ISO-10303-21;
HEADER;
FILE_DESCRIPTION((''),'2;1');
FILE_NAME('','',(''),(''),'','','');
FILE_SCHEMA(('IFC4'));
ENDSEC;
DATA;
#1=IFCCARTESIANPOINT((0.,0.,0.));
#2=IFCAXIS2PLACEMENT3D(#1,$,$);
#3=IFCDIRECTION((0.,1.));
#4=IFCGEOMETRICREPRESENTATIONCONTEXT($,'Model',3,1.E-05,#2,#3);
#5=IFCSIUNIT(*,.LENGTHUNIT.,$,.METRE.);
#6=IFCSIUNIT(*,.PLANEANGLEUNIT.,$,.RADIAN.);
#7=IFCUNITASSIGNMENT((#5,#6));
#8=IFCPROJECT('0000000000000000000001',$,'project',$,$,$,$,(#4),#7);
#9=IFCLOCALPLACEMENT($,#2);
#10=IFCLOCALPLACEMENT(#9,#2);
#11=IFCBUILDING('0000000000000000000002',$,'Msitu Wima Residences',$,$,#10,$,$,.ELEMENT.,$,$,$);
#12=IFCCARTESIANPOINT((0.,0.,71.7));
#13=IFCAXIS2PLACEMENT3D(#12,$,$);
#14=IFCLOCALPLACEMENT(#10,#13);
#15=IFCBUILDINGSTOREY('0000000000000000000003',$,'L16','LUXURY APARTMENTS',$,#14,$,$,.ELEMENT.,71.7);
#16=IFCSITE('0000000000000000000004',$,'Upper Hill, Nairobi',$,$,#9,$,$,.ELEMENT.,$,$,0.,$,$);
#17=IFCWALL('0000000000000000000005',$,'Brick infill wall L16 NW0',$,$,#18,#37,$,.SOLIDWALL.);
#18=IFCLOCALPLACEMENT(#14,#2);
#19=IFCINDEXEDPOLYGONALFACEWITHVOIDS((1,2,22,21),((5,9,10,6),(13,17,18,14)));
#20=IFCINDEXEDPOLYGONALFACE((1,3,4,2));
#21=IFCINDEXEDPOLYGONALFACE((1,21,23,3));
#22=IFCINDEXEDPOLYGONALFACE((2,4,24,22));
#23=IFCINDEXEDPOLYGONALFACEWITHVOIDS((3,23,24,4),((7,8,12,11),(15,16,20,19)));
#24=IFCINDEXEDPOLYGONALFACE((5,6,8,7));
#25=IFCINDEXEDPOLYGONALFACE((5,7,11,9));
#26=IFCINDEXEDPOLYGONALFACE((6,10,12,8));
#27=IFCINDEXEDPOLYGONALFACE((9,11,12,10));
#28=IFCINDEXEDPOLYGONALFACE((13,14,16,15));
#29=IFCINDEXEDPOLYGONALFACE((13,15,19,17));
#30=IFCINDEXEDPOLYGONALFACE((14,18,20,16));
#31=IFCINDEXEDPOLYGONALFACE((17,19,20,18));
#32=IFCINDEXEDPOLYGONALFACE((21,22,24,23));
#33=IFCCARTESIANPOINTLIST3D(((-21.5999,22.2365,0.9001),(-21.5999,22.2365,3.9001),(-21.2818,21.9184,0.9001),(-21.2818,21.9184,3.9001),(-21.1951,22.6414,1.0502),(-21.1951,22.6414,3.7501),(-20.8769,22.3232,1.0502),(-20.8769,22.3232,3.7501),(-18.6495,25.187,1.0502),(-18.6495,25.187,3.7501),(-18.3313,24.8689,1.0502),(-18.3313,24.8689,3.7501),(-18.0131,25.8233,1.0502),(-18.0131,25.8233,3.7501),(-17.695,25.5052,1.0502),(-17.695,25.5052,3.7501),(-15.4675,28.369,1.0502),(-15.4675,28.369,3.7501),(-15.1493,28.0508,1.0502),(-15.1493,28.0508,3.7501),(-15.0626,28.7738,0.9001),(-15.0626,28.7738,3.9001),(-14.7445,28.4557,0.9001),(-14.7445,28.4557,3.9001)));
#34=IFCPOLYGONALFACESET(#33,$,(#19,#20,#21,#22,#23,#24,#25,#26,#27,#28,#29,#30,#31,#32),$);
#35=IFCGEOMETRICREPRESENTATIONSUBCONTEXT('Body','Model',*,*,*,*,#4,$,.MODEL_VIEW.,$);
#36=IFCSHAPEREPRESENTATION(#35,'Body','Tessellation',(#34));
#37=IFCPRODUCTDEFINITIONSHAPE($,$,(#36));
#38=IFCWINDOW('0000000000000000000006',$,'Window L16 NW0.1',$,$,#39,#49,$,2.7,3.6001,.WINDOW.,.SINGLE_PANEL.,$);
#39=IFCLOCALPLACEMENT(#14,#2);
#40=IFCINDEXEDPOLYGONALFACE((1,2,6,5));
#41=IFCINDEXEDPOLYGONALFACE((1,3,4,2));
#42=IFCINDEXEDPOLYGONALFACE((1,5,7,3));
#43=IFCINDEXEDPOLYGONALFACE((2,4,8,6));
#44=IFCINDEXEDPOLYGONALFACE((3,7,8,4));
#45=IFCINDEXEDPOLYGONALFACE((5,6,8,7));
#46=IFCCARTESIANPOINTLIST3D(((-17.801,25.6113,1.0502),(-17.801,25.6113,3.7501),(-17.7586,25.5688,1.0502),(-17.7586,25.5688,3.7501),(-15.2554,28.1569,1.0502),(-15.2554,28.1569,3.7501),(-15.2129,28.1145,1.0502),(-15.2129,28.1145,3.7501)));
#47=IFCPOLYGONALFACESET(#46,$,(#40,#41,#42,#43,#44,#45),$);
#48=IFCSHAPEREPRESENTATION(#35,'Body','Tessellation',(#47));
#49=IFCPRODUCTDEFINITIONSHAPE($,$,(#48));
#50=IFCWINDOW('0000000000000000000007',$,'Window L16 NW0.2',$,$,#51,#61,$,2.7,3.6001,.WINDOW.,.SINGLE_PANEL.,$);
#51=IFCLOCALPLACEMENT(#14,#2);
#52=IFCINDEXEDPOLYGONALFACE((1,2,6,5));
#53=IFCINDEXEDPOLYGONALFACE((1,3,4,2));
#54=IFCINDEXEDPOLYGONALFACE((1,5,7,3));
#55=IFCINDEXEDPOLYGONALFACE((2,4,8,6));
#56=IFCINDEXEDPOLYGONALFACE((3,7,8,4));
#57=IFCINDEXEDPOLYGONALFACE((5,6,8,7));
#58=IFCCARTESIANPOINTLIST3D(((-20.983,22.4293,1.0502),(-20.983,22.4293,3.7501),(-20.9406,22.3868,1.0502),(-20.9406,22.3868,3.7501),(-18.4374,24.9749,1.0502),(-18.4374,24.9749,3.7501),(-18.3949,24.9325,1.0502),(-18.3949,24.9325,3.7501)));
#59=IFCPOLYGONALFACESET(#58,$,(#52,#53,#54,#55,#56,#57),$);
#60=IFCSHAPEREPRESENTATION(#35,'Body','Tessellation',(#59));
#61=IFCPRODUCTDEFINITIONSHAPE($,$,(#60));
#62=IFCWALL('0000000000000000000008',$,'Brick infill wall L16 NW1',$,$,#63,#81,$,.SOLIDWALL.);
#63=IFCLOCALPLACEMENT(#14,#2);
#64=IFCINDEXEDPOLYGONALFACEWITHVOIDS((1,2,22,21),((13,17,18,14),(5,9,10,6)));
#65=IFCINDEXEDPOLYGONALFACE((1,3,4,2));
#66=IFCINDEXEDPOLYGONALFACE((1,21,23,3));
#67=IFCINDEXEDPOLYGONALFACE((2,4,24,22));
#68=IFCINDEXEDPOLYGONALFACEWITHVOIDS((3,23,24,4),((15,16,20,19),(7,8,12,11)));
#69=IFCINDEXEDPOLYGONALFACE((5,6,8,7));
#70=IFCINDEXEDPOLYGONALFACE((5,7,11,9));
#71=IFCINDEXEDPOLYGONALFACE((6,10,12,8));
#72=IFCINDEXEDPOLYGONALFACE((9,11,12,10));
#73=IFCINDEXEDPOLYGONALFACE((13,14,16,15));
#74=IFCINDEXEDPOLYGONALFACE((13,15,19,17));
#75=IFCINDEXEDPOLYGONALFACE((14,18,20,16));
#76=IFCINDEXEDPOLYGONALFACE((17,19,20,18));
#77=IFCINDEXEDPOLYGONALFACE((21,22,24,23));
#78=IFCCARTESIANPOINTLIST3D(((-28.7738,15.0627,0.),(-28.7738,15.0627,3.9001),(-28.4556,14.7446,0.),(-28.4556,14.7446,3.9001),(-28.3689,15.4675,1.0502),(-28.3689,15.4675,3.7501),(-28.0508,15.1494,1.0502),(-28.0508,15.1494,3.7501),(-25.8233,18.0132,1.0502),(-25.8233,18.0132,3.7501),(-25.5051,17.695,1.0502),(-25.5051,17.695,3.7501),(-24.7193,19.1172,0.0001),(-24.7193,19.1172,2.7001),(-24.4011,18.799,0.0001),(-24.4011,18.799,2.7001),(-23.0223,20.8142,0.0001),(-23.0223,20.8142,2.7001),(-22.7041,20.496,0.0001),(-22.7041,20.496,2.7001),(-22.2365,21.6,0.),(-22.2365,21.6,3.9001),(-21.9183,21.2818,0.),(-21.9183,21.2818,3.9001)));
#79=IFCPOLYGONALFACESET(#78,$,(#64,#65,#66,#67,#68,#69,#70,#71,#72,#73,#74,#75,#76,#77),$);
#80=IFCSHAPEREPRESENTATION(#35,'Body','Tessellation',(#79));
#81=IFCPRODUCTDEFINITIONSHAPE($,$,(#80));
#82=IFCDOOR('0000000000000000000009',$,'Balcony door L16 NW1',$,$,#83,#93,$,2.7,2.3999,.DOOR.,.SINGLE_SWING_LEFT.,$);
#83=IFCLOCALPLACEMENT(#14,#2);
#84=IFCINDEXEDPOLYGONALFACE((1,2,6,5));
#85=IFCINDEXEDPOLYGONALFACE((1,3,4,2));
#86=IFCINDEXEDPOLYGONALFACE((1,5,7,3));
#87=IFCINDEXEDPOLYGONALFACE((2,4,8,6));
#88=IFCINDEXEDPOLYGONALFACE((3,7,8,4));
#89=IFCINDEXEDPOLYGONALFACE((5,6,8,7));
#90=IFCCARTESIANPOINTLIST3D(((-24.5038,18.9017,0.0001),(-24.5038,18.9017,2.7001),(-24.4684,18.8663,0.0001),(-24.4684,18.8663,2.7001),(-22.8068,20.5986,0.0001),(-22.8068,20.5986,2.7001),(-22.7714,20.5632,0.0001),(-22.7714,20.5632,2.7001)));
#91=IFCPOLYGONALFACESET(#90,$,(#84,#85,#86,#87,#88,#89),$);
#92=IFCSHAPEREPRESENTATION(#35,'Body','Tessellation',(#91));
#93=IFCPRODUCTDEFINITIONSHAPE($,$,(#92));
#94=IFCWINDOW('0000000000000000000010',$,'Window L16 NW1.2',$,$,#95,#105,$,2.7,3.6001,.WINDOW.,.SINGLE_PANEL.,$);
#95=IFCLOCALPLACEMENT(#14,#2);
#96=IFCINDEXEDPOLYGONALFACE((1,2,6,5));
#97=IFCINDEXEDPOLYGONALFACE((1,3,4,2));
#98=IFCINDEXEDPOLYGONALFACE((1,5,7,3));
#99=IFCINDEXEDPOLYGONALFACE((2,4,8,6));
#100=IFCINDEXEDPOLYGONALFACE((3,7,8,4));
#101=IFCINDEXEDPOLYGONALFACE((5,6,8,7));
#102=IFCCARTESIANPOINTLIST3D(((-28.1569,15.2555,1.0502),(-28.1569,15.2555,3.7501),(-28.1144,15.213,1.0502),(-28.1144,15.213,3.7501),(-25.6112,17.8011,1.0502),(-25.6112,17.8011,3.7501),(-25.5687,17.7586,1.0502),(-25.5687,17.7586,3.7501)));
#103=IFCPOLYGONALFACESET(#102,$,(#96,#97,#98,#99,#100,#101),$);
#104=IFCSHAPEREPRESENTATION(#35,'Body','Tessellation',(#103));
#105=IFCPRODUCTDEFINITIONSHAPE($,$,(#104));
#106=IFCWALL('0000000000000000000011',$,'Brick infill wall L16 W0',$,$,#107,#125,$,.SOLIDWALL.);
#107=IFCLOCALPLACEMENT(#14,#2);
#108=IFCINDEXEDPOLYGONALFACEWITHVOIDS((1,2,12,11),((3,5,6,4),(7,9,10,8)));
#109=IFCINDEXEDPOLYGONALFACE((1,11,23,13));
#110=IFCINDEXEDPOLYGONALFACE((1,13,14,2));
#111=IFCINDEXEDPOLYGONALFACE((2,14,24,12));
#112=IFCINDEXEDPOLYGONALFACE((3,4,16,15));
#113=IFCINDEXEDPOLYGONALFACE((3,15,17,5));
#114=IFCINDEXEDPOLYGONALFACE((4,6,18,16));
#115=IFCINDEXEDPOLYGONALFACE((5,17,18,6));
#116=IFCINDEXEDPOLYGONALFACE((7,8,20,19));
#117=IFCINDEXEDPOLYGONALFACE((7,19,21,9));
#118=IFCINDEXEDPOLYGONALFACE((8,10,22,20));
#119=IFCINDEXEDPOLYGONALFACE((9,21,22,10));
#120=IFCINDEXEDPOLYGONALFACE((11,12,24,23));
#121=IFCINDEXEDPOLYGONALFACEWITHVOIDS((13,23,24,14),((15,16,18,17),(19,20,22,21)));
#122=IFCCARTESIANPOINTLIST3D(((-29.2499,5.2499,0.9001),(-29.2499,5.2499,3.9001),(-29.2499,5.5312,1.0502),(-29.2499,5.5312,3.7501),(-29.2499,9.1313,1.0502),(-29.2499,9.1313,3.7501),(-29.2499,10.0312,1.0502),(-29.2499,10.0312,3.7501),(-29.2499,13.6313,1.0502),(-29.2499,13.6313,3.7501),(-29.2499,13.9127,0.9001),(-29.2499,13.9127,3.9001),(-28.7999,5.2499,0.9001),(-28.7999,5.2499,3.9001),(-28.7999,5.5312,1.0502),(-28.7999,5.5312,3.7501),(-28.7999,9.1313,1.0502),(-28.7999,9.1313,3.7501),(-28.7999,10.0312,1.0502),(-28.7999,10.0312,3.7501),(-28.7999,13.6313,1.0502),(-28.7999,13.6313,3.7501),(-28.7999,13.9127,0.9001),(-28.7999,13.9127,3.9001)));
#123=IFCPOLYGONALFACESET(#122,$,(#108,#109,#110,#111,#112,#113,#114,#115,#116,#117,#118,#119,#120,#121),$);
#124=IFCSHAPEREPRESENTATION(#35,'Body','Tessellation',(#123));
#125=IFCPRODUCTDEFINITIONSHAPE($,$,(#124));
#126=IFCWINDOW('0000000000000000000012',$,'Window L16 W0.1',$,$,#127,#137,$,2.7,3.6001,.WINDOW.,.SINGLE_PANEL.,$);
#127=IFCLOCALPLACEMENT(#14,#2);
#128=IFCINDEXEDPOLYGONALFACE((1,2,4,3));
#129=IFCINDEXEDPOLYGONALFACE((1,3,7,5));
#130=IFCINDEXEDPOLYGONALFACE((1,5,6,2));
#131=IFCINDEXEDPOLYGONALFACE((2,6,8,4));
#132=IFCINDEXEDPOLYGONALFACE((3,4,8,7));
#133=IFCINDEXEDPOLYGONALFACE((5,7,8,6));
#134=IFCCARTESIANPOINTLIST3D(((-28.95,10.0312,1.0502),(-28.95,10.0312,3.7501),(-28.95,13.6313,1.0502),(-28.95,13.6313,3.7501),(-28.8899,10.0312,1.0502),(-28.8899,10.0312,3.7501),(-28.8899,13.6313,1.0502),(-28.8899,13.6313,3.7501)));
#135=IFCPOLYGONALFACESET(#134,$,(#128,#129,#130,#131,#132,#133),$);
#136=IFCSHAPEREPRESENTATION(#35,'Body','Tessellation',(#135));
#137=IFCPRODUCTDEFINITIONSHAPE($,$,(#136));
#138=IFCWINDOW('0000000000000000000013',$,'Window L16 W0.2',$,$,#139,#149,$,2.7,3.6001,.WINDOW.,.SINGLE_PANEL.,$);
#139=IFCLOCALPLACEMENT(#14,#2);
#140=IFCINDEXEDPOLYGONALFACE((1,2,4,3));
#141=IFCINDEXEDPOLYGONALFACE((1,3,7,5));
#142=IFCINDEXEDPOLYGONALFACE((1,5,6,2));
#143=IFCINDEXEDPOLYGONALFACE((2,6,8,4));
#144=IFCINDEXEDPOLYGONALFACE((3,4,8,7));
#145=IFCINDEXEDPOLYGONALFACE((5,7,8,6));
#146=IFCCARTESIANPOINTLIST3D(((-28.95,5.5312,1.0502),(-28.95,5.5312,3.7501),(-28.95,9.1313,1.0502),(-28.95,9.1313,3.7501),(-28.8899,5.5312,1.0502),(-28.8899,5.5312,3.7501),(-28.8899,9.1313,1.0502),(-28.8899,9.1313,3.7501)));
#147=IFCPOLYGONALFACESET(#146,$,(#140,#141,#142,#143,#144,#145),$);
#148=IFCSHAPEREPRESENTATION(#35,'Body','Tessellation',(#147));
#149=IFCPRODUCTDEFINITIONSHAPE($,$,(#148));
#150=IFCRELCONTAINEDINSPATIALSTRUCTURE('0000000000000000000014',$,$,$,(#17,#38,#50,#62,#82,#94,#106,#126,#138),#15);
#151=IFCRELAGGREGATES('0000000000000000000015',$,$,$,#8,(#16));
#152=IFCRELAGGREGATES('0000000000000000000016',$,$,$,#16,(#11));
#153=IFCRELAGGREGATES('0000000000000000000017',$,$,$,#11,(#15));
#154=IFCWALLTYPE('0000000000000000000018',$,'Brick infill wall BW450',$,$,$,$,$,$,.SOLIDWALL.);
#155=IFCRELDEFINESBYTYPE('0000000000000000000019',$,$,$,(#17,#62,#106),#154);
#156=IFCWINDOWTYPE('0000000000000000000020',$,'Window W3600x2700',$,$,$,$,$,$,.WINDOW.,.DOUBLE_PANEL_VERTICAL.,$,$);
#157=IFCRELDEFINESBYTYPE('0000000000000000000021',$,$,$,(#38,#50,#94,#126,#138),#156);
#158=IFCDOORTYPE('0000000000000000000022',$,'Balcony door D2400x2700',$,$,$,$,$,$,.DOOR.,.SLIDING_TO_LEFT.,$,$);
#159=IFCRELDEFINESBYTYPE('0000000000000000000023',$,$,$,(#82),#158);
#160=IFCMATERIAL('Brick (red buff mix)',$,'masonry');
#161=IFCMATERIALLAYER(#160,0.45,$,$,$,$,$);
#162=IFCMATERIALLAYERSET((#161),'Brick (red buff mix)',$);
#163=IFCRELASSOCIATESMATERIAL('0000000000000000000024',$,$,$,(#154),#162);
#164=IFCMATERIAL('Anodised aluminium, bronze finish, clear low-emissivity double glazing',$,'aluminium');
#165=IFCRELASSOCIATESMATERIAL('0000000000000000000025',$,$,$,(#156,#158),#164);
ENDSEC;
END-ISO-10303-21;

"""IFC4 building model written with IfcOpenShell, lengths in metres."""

from ifc_helpers import new_model, si_unit, direction, frame, frame_2d, origin, place, context, subcontext, project, spatial, rectangle, extrude, material, layer, layer_set, type_object, element, fill, save


model = new_model("IFC4")

# Units and contexts
model_context = context("Model", 3, precision=1e-05, world=origin(), true_north=direction((0.0, 1.0)))
body_context = subcontext(model_context, "Body", "Model", "MODEL_VIEW")
ifc_project = project(units=[si_unit("LENGTHUNIT", "METRE"), si_unit("PLANEANGLEUNIT", "RADIAN")], contexts=[model_context])

# Site, building, storey
site_placement = place(None, origin())
site = spatial("IfcSite", under=ifc_project, at=site_placement, Name="Upper Hill, Nairobi", CompositionType="ELEMENT", RefElevation=0.0)
building_placement = place(site_placement, origin())
building = spatial("IfcBuilding", under=site, at=building_placement, Name="Msitu Wima Residences", CompositionType="ELEMENT")
storey_placement = place(building_placement, frame((0.0, 0.0, 71.7)))
storey = spatial("IfcBuildingStorey", under=building, at=storey_placement, Name="L16", Description="LUXURY APARTMENTS", CompositionType="ELEMENT", Elevation=71.7)

# Wall, openings, windows
ifc_material_1 = material(Name="Brick (red buff mix)", Category="masonry")
ifc_layer_1 = layer(ifc_material_1, 0.45)
ifc_layer_set_1 = layer_set([ifc_layer_1], Name="Brick (red buff mix)")
wall_type_1 = type_object("IfcWallType", Name="Brick infill wall BW450", PredefinedType="SOLIDWALL", material=ifc_layer_set_1)
wall_1_placement = place(storey_placement, frame((-14.9036, 28.6147, 0.9001), z_axis=(0.0, 0.0, 1.0), x_axis=(-0.707107, -0.707107, 0.0)))
wall_1 = element("IfcWall", 1, at=wall_1_placement, inside=storey, type_object=wall_type_1, Name="Brick infill wall L16 NW0", PredefinedType="SOLIDWALL", context=body_context, shape_type="SweptSolid", body=[
    extrude(rectangle(XDim=9.2451, YDim=0.45, at=frame_2d((4.6226, 0.0))), origin(), (0.0, 0.0, 1.0), 3.0),
])
opening_1_placement = place(wall_1_placement, frame((0.5725, 0.0, 0.1499)))
opening_1 = element("IfcOpeningElement", 2, at=opening_1_placement, cuts=wall_1, PredefinedType="OPENING", context=body_context, shape_type="SweptSolid", body=[
    extrude(rectangle(XDim=3.6001, YDim=2.7, at=frame_2d((1.8, 1.3501))), frame((0.0, 0.2349, 0.0), z_axis=(0.0, -1.0, 0.0), x_axis=(1.0, 0.0, 0.0)), (0.0, 0.0, 1.0), 0.47),
])
opening_2_placement = place(wall_1_placement, frame((5.0725, 0.0, 0.1499)))
opening_2 = element("IfcOpeningElement", 3, at=opening_2_placement, cuts=wall_1, PredefinedType="OPENING", context=body_context, shape_type="SweptSolid", body=[
    extrude(rectangle(XDim=3.6001, YDim=2.7, at=frame_2d((1.8, 1.3501))), frame((0.0, 0.2349, 0.0), z_axis=(0.0, -1.0, 0.0), x_axis=(1.0, 0.0, 0.0)), (0.0, 0.0, 1.0), 0.47),
])
ifc_material_2 = material(Name="Anodised aluminium, bronze finish, clear low-emissivity double glazing", Category="aluminium")
window_type = type_object("IfcWindowType", Name="Window W3600x2700", PartitioningType="DOUBLE_PANEL_VERTICAL", PredefinedType="WINDOW", material=ifc_material_2)
window_1_placement = place(opening_1_placement, origin())
window_1 = element("IfcWindow", 4, at=window_1_placement, inside=storey, type_object=window_type, Name="Window L16 NW0.1", OverallHeight=2.7, OverallWidth=3.6001, PartitioningType="SINGLE_PANEL", PredefinedType="WINDOW", context=body_context, shape_type="SweptSolid", body=[
    extrude(rectangle(XDim=3.6001, YDim=2.7, at=frame_2d((1.8, 1.3501))), frame((0.0, 0.135, 0.0), z_axis=(0.0, -1.0, 0.0), x_axis=(1.0, 0.0, 0.0)), (0.0, 0.0, 1.0), 0.0601),
])
fill(opening_1, window_1)
window_2_placement = place(opening_2_placement, origin())
window_2 = element("IfcWindow", 5, at=window_2_placement, inside=storey, type_object=window_type, Name="Window L16 NW0.2", OverallHeight=2.7, OverallWidth=3.6001, PartitioningType="SINGLE_PANEL", PredefinedType="WINDOW", context=body_context, shape_type="SweptSolid", body=[
    extrude(rectangle(XDim=3.6001, YDim=2.7, at=frame_2d((1.8, 1.3501))), frame((0.0, 0.135, 0.0), z_axis=(0.0, -1.0, 0.0), x_axis=(1.0, 0.0, 0.0)), (0.0, 0.0, 1.0), 0.0601),
])
fill(opening_2, window_2)

# Wall, openings, door, window
wall_2_placement = place(storey_placement, frame((-22.0774, 21.4409, 0.0), z_axis=(0.0, 0.0, 1.0), x_axis=(-0.707107, -0.707107, 0.0)))
wall_2 = element("IfcWall", 6, at=wall_2_placement, inside=storey, type_object=wall_type_1, Name="Brick infill wall L16 NW1", PredefinedType="SOLIDWALL", context=body_context, shape_type="SweptSolid", body=[
    extrude(rectangle(XDim=9.2451, YDim=0.45, at=frame_2d((4.6226, 0.0))), origin(), (0.0, 0.0, 1.0), 3.9001),
])
opening_3_placement = place(wall_2_placement, frame((1.1113, 0.0, 0.0)))
opening_3 = element("IfcOpeningElement", 7, at=opening_3_placement, cuts=wall_2, PredefinedType="OPENING", context=body_context, shape_type="SweptSolid", body=[
    extrude(rectangle(XDim=2.3999, YDim=2.7, at=frame_2d((1.2, 1.3501))), frame((0.0, 0.2349, 0.0), z_axis=(0.0, -1.0, 0.0), x_axis=(1.0, 0.0, 0.0)), (0.0, 0.0, 1.0), 0.47),
])
opening_4_placement = place(wall_2_placement, frame((5.0725, 0.0, 1.05)))
opening_4 = element("IfcOpeningElement", 8, at=opening_4_placement, cuts=wall_2, PredefinedType="OPENING", context=body_context, shape_type="SweptSolid", body=[
    extrude(rectangle(XDim=3.6001, YDim=2.7, at=frame_2d((1.8, 1.3501))), frame((0.0, 0.2349, 0.0), z_axis=(0.0, -1.0, 0.0), x_axis=(1.0, 0.0, 0.0)), (0.0, 0.0, 1.0), 0.47),
])
door_type_1 = type_object("IfcDoorType", Name="Balcony door D2400x2700", OperationType="SLIDING_TO_LEFT", PredefinedType="DOOR", material=ifc_material_2)
door_1_placement = place(opening_3_placement, origin())
door_1 = element("IfcDoor", 9, at=door_1_placement, inside=storey, type_object=door_type_1, Name="Balcony door L16 NW1", OperationType="SINGLE_SWING_LEFT", OverallHeight=2.7, OverallWidth=2.3999, PredefinedType="DOOR", context=body_context, shape_type="SweptSolid", body=[
    extrude(rectangle(XDim=2.3999, YDim=2.7, at=frame_2d((1.2, 1.3501))), frame((0.0, 0.1299, 0.0), z_axis=(0.0, -1.0, 0.0), x_axis=(1.0, 0.0, 0.0)), (0.0, 0.0, 1.0), 0.05),
])
fill(opening_3, door_1)
window_3_placement = place(opening_4_placement, origin())
window_3 = element("IfcWindow", 10, at=window_3_placement, inside=storey, type_object=window_type, Name="Window L16 NW1.2", OverallHeight=2.7, OverallWidth=3.6001, PartitioningType="SINGLE_PANEL", PredefinedType="WINDOW", context=body_context, shape_type="SweptSolid", body=[
    extrude(rectangle(XDim=3.6001, YDim=2.7, at=frame_2d((1.8, 1.3501))), frame((0.0, 0.135, 0.0), z_axis=(0.0, -1.0, 0.0), x_axis=(1.0, 0.0, 0.0)), (0.0, 0.0, 1.0), 0.0601),
])
fill(opening_4, window_3)

# Wall, openings, windows
wall_3_placement = place(storey_placement, frame((-29.0249, 13.9128, 0.9001), z_axis=(0.0, 0.0, 1.0), x_axis=(0.0, -1.0, 0.0)))
wall_3 = element("IfcWall", 11, at=wall_3_placement, inside=storey, type_object=wall_type_1, Name="Brick infill wall L16 W0", PredefinedType="SOLIDWALL", context=body_context, shape_type="SweptSolid", body=[
    extrude(rectangle(XDim=8.6628, YDim=0.45, at=frame_2d((4.3315, 0.0))), origin(), (0.0, 0.0, 1.0), 3.0),
])
opening_5_placement = place(wall_3_placement, frame((0.2815, 0.0, 0.1499)))
opening_5 = element("IfcOpeningElement", 12, at=opening_5_placement, cuts=wall_3, PredefinedType="OPENING", context=body_context, shape_type="SweptSolid", body=[
    extrude(rectangle(XDim=3.6001, YDim=2.7, at=frame_2d((1.8, 1.3501))), frame((0.0, 0.2349, 0.0), z_axis=(0.0, -1.0, 0.0), x_axis=(1.0, 0.0, 0.0)), (0.0, 0.0, 1.0), 0.47),
])
opening_6_placement = place(wall_3_placement, frame((4.7815, 0.0, 0.1499)))
opening_6 = element("IfcOpeningElement", 13, at=opening_6_placement, cuts=wall_3, PredefinedType="OPENING", context=body_context, shape_type="SweptSolid", body=[
    extrude(rectangle(XDim=3.6001, YDim=2.7, at=frame_2d((1.8, 1.3501))), frame((0.0, 0.2349, 0.0), z_axis=(0.0, -1.0, 0.0), x_axis=(1.0, 0.0, 0.0)), (0.0, 0.0, 1.0), 0.47),
])
window_4_placement = place(opening_5_placement, origin())
window_4 = element("IfcWindow", 14, at=window_4_placement, inside=storey, type_object=window_type, Name="Window L16 W0.1", OverallHeight=2.7, OverallWidth=3.6001, PartitioningType="SINGLE_PANEL", PredefinedType="WINDOW", context=body_context, shape_type="SweptSolid", body=[
    extrude(rectangle(XDim=3.6001, YDim=2.7, at=frame_2d((1.8, 1.3501))), frame((0.0, 0.135, 0.0), z_axis=(0.0, -1.0, 0.0), x_axis=(1.0, 0.0, 0.0)), (0.0, 0.0, 1.0), 0.0601),
])
fill(opening_5, window_4)
window_5_placement = place(opening_6_placement, origin())
window_5 = element("IfcWindow", 15, at=window_5_placement, inside=storey, type_object=window_type, Name="Window L16 W0.2", OverallHeight=2.7, OverallWidth=3.6001, PartitioningType="SINGLE_PANEL", PredefinedType="WINDOW", context=body_context, shape_type="SweptSolid", body=[
    extrude(rectangle(XDim=3.6001, YDim=2.7, at=frame_2d((1.8, 1.3501))), frame((0.0, 0.135, 0.0), z_axis=(0.0, -1.0, 0.0), x_axis=(1.0, 0.0, 0.0)), (0.0, 0.0, 1.0), 0.0601),
])
fill(opening_6, window_5)

save(model, "model.ifc")
